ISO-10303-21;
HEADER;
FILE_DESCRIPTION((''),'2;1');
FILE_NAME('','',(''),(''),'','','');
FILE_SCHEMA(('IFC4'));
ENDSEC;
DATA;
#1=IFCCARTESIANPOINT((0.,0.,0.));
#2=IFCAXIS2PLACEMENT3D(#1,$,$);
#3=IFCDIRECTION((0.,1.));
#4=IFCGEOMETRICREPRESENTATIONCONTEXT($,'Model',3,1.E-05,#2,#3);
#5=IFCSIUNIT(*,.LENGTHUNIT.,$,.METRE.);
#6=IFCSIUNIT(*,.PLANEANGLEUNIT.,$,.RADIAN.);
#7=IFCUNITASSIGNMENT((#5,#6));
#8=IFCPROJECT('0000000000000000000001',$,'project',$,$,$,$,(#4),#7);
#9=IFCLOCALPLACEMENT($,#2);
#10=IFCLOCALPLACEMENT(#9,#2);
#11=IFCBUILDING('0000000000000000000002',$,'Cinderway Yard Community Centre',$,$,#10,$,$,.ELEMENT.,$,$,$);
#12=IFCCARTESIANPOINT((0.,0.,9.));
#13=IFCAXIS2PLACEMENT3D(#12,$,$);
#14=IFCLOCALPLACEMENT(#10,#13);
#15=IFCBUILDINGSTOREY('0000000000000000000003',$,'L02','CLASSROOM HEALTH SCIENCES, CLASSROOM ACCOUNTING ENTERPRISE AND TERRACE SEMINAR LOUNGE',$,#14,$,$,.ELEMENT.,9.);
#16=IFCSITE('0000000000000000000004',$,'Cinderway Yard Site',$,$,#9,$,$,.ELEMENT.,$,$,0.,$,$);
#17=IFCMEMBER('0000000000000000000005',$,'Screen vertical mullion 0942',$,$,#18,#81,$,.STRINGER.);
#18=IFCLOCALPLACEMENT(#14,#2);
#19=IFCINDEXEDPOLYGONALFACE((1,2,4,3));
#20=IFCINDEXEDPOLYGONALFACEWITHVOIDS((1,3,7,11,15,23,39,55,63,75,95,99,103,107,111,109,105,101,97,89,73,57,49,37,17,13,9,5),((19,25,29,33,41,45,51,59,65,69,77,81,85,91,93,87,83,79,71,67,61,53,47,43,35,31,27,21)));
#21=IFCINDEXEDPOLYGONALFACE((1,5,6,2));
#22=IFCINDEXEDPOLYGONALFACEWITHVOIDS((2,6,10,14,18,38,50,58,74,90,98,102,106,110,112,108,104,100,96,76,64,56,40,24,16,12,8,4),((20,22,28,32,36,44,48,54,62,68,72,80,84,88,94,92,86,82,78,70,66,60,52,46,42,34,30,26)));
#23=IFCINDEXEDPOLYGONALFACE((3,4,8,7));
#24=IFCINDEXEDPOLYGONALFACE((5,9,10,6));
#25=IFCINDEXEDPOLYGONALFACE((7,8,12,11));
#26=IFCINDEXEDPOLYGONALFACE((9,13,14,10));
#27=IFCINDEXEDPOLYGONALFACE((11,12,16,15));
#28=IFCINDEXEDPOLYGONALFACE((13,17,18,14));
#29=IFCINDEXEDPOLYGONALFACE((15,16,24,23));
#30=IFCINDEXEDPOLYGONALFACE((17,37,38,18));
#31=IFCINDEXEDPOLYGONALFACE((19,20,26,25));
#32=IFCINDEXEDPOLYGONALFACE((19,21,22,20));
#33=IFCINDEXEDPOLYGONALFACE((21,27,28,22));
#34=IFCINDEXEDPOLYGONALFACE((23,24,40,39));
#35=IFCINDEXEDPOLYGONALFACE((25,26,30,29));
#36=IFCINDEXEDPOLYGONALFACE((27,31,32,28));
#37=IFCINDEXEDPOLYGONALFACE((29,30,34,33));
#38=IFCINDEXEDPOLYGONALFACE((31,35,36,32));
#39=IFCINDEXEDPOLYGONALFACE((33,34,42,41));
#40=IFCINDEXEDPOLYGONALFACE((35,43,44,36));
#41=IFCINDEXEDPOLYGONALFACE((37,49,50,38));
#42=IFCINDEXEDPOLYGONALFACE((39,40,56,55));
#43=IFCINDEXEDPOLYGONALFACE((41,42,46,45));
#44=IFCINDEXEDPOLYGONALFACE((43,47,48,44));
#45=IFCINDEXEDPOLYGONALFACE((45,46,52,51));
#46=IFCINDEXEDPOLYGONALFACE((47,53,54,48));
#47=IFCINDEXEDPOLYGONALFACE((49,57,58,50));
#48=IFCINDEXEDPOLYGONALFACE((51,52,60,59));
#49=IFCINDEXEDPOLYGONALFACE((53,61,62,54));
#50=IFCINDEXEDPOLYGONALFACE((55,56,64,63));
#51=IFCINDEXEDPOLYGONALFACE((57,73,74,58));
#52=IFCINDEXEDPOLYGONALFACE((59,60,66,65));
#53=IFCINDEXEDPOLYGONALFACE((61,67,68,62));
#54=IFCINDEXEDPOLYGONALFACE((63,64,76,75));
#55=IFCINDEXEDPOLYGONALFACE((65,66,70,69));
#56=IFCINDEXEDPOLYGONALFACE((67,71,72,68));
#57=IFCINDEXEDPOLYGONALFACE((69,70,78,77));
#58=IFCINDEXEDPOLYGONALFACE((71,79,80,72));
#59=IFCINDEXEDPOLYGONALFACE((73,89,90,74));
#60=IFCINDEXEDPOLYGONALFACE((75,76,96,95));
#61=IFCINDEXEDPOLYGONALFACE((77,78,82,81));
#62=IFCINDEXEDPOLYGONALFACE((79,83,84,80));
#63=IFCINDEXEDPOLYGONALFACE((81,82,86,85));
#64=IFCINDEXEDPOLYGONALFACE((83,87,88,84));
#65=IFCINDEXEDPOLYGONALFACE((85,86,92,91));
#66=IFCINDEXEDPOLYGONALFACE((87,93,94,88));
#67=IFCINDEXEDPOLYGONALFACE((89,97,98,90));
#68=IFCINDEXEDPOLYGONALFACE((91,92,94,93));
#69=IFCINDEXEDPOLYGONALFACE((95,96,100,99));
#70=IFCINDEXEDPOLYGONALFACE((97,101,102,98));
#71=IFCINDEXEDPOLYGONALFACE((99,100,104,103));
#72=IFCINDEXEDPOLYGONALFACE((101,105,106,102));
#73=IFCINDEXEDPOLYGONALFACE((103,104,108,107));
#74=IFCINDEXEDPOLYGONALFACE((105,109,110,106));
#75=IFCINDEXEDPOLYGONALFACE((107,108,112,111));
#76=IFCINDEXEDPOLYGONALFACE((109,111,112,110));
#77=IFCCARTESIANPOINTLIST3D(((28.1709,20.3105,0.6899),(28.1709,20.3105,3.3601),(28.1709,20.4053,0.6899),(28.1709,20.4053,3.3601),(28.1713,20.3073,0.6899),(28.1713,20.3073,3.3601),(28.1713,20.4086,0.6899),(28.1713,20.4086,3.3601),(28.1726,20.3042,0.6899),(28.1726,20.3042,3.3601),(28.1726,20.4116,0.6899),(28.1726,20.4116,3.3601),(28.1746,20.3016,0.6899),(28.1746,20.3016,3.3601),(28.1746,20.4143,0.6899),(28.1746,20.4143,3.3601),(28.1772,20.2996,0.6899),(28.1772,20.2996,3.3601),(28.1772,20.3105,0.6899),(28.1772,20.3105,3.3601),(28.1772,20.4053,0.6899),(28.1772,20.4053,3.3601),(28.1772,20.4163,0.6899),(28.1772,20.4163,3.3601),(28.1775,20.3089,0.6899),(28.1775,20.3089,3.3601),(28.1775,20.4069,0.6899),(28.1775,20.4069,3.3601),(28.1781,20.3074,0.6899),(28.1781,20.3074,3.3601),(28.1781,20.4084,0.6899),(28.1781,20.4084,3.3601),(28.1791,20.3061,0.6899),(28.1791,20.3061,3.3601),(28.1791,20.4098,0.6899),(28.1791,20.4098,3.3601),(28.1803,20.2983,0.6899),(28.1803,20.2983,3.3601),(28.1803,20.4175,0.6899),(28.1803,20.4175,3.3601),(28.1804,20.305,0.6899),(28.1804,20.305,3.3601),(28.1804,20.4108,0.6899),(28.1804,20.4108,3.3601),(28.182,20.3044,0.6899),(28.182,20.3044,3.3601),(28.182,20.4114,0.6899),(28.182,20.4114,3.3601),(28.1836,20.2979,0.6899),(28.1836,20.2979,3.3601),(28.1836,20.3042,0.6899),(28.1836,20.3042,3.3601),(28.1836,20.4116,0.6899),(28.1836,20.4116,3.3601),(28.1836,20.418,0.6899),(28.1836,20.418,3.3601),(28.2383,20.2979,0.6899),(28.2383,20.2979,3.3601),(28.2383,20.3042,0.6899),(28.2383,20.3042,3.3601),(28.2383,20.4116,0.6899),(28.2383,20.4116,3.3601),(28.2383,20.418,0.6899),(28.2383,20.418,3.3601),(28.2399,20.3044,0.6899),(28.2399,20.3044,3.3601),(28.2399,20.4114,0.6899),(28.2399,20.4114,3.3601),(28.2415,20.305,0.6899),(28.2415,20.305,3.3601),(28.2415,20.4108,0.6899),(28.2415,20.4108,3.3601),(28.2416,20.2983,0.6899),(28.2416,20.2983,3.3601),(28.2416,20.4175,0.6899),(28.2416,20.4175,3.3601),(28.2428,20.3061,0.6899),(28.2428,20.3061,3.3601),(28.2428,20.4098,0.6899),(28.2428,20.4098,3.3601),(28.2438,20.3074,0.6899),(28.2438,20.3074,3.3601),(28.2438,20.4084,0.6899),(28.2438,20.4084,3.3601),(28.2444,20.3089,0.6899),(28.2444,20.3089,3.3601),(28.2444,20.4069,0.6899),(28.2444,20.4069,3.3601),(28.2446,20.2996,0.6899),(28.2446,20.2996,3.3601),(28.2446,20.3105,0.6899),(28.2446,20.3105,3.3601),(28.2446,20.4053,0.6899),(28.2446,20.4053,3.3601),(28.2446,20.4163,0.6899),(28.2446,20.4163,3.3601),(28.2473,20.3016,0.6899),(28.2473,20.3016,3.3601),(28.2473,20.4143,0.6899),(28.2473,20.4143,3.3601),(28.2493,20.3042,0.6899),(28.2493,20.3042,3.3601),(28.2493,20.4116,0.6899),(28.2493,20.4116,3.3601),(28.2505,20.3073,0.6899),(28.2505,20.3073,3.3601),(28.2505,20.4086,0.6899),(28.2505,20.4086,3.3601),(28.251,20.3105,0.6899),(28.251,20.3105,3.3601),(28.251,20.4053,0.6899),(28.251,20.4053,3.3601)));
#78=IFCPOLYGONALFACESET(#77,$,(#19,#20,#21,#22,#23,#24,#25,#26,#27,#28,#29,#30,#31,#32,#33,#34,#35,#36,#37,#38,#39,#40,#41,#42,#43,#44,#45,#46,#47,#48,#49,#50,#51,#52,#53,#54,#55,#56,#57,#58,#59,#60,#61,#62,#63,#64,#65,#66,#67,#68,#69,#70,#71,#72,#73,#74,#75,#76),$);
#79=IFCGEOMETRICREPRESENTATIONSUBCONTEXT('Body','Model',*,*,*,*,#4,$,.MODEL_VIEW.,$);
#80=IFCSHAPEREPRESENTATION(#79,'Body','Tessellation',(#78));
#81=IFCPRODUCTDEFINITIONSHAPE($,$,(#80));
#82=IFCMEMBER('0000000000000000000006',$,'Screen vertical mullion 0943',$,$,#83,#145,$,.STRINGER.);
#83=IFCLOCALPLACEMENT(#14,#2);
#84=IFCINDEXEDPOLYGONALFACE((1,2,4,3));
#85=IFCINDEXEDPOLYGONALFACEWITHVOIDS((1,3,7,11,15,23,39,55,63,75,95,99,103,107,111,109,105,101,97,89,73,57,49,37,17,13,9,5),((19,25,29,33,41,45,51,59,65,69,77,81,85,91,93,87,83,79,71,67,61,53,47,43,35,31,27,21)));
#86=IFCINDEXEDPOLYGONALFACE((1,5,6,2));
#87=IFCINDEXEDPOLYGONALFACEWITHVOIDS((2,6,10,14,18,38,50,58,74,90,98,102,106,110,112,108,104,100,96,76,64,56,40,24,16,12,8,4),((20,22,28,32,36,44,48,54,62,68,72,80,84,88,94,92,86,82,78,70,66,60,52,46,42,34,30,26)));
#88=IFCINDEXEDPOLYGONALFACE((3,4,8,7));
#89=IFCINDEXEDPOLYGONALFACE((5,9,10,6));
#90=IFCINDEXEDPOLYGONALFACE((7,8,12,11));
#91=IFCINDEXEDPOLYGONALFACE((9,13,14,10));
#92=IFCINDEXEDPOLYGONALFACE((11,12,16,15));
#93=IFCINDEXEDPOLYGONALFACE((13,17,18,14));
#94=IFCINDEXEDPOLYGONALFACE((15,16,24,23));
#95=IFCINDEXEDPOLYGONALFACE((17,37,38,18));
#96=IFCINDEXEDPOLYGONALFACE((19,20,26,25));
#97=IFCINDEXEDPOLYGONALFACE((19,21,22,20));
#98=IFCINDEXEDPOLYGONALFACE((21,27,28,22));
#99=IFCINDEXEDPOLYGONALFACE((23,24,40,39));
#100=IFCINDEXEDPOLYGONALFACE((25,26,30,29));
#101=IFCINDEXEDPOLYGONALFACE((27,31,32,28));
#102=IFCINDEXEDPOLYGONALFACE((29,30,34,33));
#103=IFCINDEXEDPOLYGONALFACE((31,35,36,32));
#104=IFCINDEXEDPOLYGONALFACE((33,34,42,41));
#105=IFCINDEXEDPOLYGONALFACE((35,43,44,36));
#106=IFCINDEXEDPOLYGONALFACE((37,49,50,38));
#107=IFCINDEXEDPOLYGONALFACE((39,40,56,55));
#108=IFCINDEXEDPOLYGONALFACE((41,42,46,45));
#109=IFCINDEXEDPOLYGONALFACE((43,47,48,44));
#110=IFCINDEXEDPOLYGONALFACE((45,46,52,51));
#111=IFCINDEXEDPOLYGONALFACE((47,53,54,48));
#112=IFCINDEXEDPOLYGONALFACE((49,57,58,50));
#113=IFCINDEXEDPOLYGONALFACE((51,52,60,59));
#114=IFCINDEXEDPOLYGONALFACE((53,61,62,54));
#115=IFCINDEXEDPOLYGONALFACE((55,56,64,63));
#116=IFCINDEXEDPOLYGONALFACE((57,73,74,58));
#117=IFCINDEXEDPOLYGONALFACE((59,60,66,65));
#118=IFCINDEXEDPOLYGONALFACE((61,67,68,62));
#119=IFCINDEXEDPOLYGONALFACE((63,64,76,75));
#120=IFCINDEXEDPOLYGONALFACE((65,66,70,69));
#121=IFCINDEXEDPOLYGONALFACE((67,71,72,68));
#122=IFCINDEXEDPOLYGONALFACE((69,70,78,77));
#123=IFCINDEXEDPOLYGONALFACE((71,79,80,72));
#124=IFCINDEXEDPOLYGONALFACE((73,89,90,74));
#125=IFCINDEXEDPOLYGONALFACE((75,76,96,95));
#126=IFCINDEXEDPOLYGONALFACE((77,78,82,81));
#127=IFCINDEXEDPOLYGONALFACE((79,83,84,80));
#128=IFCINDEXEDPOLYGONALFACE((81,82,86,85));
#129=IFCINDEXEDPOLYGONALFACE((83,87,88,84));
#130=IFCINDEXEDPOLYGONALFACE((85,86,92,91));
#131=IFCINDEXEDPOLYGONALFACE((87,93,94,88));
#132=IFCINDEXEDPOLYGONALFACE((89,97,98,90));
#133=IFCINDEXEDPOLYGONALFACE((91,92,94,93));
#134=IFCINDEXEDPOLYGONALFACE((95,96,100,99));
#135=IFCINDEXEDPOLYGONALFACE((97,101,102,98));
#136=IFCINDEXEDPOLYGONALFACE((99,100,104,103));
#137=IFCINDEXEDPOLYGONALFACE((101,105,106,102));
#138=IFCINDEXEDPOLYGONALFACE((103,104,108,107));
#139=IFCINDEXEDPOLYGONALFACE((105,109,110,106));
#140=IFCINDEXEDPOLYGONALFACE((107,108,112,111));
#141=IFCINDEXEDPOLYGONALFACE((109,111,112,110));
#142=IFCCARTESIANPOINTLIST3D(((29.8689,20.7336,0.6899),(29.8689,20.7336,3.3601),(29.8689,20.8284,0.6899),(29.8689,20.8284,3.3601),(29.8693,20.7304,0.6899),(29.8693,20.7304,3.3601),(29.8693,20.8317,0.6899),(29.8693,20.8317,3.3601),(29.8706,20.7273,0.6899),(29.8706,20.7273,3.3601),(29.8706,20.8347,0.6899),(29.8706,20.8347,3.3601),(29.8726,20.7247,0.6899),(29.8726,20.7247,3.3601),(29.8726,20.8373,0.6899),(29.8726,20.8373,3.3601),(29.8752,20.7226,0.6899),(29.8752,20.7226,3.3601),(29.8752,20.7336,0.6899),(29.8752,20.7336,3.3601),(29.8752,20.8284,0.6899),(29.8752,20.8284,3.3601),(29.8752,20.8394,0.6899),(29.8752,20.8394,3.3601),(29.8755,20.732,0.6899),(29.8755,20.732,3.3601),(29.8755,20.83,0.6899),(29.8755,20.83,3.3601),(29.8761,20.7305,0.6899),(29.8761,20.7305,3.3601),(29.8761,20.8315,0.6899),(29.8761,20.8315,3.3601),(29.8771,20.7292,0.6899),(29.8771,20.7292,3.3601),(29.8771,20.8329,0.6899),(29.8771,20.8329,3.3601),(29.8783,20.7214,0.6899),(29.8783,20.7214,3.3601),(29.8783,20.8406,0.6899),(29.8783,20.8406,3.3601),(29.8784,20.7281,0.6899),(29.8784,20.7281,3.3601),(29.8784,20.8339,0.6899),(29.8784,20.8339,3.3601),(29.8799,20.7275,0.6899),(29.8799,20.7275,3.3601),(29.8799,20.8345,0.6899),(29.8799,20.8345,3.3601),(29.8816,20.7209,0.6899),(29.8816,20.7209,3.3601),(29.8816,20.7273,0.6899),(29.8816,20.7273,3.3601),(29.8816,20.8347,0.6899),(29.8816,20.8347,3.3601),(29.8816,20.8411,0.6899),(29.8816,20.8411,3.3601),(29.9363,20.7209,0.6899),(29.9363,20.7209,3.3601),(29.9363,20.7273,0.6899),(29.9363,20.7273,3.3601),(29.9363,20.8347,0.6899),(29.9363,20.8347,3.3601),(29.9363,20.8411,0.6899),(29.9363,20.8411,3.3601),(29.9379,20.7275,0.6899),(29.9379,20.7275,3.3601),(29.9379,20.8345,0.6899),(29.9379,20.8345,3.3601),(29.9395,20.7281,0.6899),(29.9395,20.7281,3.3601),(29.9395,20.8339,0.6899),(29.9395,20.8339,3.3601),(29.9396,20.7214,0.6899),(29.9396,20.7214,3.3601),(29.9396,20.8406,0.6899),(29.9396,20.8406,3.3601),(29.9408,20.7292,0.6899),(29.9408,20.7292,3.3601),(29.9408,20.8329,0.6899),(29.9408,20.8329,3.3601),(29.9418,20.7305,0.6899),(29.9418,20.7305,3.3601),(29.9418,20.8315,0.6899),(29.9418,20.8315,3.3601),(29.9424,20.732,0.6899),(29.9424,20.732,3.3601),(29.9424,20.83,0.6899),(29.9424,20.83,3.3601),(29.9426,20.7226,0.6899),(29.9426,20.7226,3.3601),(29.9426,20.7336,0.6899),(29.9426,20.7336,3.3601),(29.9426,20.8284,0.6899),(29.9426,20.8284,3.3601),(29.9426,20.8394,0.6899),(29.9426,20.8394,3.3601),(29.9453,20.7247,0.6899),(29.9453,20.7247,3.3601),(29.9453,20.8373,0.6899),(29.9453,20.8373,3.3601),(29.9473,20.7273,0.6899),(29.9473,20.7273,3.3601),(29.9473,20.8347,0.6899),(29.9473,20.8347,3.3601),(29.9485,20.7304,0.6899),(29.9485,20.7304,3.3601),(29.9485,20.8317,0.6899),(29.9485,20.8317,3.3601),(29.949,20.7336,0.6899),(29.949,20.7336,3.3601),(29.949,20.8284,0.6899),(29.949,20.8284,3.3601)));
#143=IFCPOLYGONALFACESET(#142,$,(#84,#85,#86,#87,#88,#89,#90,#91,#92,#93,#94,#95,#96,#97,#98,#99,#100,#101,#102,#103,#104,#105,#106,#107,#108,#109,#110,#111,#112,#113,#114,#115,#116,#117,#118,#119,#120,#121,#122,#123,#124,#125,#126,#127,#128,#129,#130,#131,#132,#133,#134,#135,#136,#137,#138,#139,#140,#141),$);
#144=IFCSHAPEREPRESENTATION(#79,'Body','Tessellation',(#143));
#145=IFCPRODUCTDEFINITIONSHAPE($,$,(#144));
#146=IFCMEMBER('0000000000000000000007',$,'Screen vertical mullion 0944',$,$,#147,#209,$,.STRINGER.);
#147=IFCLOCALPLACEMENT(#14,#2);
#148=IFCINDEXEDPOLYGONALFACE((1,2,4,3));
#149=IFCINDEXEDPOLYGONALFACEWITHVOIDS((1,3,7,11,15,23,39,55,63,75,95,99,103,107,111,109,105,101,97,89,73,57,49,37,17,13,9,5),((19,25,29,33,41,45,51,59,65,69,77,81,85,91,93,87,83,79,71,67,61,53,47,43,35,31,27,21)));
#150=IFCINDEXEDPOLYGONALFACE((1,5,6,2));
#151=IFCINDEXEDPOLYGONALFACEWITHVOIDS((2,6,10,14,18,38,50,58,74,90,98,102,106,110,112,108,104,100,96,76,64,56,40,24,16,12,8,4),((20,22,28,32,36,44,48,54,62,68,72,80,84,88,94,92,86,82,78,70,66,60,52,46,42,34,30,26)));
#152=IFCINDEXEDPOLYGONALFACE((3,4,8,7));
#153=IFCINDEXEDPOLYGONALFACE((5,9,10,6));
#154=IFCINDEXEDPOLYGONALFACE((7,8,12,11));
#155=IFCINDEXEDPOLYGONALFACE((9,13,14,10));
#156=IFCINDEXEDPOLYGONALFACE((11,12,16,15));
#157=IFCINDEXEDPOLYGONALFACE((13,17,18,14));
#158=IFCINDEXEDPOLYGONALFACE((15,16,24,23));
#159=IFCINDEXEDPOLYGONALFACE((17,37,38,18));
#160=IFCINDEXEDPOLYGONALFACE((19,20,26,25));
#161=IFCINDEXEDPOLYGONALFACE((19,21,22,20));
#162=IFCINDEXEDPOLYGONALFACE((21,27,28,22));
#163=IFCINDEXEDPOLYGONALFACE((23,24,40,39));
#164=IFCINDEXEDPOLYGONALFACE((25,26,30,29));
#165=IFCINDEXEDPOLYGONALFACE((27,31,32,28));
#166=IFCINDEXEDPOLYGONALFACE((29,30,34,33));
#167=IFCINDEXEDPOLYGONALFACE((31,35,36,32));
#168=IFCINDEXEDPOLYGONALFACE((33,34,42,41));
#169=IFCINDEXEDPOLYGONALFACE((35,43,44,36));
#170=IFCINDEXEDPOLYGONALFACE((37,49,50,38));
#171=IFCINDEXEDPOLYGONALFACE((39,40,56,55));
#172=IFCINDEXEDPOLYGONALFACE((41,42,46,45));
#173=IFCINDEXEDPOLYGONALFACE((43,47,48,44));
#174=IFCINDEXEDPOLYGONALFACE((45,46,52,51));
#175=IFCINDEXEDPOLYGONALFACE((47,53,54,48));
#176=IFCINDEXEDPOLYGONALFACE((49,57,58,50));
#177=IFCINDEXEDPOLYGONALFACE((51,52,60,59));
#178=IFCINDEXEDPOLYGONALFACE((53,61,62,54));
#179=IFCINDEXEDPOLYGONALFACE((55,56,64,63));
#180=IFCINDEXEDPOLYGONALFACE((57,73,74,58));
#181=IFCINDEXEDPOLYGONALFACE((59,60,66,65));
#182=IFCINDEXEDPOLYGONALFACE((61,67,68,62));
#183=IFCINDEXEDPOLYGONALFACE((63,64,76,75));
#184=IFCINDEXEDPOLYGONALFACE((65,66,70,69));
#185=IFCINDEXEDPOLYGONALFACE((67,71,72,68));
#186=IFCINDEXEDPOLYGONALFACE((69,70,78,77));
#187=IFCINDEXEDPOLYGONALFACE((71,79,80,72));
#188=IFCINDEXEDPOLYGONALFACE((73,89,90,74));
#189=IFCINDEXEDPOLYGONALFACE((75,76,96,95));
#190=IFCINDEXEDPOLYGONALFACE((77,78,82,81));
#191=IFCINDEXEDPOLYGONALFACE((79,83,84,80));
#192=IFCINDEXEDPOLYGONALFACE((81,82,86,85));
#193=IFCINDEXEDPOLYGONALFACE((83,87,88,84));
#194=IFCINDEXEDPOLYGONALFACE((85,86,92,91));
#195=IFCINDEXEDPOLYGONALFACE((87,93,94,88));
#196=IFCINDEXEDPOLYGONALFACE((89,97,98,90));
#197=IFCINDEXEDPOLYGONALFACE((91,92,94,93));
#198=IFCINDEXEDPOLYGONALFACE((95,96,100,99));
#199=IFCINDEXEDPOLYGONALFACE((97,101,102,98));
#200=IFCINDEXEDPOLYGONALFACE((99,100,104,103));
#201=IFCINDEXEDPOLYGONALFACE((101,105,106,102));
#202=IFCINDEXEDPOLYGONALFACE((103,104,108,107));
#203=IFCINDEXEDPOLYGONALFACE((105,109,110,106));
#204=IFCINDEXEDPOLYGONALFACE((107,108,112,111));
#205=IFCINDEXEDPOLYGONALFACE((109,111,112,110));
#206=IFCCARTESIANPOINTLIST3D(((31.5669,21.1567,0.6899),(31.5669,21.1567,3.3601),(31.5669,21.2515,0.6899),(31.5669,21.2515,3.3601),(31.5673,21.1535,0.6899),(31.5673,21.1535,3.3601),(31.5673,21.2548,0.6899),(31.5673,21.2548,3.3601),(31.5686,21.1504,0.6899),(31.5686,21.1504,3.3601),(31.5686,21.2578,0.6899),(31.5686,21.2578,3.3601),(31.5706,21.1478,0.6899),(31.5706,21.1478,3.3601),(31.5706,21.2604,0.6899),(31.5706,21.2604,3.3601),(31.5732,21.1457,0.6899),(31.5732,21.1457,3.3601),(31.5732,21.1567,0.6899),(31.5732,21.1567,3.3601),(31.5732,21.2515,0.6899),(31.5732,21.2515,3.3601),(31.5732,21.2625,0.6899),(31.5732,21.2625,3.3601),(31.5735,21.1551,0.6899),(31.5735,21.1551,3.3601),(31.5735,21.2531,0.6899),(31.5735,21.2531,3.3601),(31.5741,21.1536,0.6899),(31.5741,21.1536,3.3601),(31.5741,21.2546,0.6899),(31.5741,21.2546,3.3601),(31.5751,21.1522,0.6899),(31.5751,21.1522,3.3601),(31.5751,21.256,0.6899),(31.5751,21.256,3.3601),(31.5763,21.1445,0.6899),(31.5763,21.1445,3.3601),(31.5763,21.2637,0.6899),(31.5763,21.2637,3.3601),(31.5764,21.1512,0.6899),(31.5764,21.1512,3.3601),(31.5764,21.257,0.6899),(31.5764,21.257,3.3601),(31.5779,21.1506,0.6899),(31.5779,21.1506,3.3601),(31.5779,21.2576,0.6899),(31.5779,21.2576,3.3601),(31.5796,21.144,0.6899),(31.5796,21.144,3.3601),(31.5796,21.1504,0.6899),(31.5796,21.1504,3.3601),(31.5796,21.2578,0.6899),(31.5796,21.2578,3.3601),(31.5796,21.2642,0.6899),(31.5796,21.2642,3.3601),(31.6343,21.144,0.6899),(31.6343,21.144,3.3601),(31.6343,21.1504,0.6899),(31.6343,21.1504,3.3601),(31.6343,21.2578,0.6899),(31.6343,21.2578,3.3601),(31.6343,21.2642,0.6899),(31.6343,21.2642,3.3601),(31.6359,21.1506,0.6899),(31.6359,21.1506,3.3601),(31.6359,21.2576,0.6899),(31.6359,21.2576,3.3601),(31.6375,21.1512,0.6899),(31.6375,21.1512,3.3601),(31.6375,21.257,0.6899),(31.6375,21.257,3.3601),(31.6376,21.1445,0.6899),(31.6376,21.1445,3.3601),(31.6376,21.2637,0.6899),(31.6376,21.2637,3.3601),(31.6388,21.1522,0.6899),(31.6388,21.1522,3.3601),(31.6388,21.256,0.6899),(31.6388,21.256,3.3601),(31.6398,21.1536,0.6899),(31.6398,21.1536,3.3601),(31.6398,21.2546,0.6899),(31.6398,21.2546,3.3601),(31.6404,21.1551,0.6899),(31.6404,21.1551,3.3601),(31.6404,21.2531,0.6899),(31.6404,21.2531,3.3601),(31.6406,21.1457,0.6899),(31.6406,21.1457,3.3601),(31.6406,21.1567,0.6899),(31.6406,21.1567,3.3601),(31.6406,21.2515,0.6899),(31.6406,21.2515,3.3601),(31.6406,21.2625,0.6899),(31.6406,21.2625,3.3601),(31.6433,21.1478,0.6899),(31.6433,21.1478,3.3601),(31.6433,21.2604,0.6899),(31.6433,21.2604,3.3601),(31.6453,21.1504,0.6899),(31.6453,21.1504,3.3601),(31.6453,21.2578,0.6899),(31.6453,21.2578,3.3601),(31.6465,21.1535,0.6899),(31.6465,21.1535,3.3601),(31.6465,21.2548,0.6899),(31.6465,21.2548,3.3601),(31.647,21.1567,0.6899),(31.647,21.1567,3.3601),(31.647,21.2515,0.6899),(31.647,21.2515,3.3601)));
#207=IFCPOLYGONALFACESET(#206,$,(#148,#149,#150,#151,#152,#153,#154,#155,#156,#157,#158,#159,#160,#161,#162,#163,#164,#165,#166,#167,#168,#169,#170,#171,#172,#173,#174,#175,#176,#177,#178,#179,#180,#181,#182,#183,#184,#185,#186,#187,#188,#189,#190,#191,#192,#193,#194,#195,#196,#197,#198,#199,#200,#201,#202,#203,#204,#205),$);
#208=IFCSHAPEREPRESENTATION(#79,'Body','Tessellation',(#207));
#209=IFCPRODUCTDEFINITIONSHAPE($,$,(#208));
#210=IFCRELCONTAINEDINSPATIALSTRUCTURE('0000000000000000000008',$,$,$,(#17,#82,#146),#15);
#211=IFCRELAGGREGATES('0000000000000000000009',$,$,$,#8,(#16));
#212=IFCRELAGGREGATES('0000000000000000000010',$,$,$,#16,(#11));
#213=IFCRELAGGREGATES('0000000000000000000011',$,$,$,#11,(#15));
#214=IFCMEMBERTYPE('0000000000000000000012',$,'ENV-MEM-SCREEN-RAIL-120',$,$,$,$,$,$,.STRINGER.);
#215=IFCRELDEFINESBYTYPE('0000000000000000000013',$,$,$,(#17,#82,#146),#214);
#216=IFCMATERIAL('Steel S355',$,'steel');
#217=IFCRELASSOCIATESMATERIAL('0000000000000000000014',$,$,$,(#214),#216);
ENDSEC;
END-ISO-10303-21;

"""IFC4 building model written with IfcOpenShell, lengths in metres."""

from ifc_helpers import new_model, si_unit, direction, frame, origin, origin_2d, place, context, subcontext, project, spatial, hollow_rectangle, extrude, material, material_profile, profile_set, type_object, element, save


model = new_model("IFC4")

# Units and contexts
model_context = context("Model", 3, precision=1e-05, world=origin(), true_north=direction((0.0, 1.0)))
body_context = subcontext(model_context, "Body", "Model", "MODEL_VIEW")
ifc_project = project(units=[si_unit("LENGTHUNIT", "METRE"), si_unit("PLANEANGLEUNIT", "RADIAN")], contexts=[model_context])

# Site, building, storey
site_placement = place(None, origin())
site = spatial("IfcSite", under=ifc_project, at=site_placement, Name="Cinderway Yard Site", CompositionType="ELEMENT", RefElevation=0.0)
building_placement = place(site_placement, origin())
building = spatial("IfcBuilding", under=site, at=building_placement, Name="Cinderway Yard Community Centre", CompositionType="ELEMENT")
storey_placement = place(building_placement, frame((0.0, 0.0, 9.0)))
storey = spatial("IfcBuildingStorey", under=building, at=storey_placement, Name="L02", Description="CLASSROOM HEALTH SCIENCES, CLASSROOM ACCOUNTING ENTERPRISE AND TERRACE SEMINAR LOUNGE", CompositionType="ELEMENT", Elevation=9.0)

# Members
ifc_material_1 = material(Name="Steel S355", Category="steel")
ifc_material_profile_1 = material_profile(ifc_material_1, hollow_rectangle(XDim=0.0801, YDim=0.1201, WallThickness=0.0063, InnerFilletRadius=0.0063, OuterFilletRadius=0.0127, at=origin_2d()), Name="Steel S355")
ifc_profile_set_1 = profile_set([ifc_material_profile_1], Name="Steel S355")
member_type_1 = type_object("IfcMemberType", Name="ENV-MEM-SCREEN-RAIL-120", PredefinedType="STRINGER", material=ifc_profile_set_1)
for number, where, z_axis, x_axis, name in (
    (1, (28.2109, 20.3579, 0.6899), (0.0, 0.0, 1.0), (1.0, 0.0, 0.0), "Screen vertical mullion 0942"),
    (2, (29.9089, 20.781, 0.6899), (0.0, 0.0, 1.0), (1.0, 0.0, 0.0), "Screen vertical mullion 0943"),
    (3, (31.6069, 21.2041, 0.6899), (0.0, 0.0, 1.0), (1.0, 0.0, 0.0), "Screen vertical mullion 0944"),
):
    element("IfcMember", number, at=place(storey_placement, frame(where, z_axis=z_axis, x_axis=x_axis)), inside=storey, type_object=member_type_1, Name=name, PredefinedType="STRINGER", context=body_context, shape_type="SweptSolid", body=[
        extrude(hollow_rectangle(XDim=0.0801, YDim=0.1201, WallThickness=0.0063, InnerFilletRadius=0.0063, OuterFilletRadius=0.0127, at=origin_2d()), origin(), (0.0, 0.0, 1.0), 2.6702),
    ])

save(model, "model.ifc")
